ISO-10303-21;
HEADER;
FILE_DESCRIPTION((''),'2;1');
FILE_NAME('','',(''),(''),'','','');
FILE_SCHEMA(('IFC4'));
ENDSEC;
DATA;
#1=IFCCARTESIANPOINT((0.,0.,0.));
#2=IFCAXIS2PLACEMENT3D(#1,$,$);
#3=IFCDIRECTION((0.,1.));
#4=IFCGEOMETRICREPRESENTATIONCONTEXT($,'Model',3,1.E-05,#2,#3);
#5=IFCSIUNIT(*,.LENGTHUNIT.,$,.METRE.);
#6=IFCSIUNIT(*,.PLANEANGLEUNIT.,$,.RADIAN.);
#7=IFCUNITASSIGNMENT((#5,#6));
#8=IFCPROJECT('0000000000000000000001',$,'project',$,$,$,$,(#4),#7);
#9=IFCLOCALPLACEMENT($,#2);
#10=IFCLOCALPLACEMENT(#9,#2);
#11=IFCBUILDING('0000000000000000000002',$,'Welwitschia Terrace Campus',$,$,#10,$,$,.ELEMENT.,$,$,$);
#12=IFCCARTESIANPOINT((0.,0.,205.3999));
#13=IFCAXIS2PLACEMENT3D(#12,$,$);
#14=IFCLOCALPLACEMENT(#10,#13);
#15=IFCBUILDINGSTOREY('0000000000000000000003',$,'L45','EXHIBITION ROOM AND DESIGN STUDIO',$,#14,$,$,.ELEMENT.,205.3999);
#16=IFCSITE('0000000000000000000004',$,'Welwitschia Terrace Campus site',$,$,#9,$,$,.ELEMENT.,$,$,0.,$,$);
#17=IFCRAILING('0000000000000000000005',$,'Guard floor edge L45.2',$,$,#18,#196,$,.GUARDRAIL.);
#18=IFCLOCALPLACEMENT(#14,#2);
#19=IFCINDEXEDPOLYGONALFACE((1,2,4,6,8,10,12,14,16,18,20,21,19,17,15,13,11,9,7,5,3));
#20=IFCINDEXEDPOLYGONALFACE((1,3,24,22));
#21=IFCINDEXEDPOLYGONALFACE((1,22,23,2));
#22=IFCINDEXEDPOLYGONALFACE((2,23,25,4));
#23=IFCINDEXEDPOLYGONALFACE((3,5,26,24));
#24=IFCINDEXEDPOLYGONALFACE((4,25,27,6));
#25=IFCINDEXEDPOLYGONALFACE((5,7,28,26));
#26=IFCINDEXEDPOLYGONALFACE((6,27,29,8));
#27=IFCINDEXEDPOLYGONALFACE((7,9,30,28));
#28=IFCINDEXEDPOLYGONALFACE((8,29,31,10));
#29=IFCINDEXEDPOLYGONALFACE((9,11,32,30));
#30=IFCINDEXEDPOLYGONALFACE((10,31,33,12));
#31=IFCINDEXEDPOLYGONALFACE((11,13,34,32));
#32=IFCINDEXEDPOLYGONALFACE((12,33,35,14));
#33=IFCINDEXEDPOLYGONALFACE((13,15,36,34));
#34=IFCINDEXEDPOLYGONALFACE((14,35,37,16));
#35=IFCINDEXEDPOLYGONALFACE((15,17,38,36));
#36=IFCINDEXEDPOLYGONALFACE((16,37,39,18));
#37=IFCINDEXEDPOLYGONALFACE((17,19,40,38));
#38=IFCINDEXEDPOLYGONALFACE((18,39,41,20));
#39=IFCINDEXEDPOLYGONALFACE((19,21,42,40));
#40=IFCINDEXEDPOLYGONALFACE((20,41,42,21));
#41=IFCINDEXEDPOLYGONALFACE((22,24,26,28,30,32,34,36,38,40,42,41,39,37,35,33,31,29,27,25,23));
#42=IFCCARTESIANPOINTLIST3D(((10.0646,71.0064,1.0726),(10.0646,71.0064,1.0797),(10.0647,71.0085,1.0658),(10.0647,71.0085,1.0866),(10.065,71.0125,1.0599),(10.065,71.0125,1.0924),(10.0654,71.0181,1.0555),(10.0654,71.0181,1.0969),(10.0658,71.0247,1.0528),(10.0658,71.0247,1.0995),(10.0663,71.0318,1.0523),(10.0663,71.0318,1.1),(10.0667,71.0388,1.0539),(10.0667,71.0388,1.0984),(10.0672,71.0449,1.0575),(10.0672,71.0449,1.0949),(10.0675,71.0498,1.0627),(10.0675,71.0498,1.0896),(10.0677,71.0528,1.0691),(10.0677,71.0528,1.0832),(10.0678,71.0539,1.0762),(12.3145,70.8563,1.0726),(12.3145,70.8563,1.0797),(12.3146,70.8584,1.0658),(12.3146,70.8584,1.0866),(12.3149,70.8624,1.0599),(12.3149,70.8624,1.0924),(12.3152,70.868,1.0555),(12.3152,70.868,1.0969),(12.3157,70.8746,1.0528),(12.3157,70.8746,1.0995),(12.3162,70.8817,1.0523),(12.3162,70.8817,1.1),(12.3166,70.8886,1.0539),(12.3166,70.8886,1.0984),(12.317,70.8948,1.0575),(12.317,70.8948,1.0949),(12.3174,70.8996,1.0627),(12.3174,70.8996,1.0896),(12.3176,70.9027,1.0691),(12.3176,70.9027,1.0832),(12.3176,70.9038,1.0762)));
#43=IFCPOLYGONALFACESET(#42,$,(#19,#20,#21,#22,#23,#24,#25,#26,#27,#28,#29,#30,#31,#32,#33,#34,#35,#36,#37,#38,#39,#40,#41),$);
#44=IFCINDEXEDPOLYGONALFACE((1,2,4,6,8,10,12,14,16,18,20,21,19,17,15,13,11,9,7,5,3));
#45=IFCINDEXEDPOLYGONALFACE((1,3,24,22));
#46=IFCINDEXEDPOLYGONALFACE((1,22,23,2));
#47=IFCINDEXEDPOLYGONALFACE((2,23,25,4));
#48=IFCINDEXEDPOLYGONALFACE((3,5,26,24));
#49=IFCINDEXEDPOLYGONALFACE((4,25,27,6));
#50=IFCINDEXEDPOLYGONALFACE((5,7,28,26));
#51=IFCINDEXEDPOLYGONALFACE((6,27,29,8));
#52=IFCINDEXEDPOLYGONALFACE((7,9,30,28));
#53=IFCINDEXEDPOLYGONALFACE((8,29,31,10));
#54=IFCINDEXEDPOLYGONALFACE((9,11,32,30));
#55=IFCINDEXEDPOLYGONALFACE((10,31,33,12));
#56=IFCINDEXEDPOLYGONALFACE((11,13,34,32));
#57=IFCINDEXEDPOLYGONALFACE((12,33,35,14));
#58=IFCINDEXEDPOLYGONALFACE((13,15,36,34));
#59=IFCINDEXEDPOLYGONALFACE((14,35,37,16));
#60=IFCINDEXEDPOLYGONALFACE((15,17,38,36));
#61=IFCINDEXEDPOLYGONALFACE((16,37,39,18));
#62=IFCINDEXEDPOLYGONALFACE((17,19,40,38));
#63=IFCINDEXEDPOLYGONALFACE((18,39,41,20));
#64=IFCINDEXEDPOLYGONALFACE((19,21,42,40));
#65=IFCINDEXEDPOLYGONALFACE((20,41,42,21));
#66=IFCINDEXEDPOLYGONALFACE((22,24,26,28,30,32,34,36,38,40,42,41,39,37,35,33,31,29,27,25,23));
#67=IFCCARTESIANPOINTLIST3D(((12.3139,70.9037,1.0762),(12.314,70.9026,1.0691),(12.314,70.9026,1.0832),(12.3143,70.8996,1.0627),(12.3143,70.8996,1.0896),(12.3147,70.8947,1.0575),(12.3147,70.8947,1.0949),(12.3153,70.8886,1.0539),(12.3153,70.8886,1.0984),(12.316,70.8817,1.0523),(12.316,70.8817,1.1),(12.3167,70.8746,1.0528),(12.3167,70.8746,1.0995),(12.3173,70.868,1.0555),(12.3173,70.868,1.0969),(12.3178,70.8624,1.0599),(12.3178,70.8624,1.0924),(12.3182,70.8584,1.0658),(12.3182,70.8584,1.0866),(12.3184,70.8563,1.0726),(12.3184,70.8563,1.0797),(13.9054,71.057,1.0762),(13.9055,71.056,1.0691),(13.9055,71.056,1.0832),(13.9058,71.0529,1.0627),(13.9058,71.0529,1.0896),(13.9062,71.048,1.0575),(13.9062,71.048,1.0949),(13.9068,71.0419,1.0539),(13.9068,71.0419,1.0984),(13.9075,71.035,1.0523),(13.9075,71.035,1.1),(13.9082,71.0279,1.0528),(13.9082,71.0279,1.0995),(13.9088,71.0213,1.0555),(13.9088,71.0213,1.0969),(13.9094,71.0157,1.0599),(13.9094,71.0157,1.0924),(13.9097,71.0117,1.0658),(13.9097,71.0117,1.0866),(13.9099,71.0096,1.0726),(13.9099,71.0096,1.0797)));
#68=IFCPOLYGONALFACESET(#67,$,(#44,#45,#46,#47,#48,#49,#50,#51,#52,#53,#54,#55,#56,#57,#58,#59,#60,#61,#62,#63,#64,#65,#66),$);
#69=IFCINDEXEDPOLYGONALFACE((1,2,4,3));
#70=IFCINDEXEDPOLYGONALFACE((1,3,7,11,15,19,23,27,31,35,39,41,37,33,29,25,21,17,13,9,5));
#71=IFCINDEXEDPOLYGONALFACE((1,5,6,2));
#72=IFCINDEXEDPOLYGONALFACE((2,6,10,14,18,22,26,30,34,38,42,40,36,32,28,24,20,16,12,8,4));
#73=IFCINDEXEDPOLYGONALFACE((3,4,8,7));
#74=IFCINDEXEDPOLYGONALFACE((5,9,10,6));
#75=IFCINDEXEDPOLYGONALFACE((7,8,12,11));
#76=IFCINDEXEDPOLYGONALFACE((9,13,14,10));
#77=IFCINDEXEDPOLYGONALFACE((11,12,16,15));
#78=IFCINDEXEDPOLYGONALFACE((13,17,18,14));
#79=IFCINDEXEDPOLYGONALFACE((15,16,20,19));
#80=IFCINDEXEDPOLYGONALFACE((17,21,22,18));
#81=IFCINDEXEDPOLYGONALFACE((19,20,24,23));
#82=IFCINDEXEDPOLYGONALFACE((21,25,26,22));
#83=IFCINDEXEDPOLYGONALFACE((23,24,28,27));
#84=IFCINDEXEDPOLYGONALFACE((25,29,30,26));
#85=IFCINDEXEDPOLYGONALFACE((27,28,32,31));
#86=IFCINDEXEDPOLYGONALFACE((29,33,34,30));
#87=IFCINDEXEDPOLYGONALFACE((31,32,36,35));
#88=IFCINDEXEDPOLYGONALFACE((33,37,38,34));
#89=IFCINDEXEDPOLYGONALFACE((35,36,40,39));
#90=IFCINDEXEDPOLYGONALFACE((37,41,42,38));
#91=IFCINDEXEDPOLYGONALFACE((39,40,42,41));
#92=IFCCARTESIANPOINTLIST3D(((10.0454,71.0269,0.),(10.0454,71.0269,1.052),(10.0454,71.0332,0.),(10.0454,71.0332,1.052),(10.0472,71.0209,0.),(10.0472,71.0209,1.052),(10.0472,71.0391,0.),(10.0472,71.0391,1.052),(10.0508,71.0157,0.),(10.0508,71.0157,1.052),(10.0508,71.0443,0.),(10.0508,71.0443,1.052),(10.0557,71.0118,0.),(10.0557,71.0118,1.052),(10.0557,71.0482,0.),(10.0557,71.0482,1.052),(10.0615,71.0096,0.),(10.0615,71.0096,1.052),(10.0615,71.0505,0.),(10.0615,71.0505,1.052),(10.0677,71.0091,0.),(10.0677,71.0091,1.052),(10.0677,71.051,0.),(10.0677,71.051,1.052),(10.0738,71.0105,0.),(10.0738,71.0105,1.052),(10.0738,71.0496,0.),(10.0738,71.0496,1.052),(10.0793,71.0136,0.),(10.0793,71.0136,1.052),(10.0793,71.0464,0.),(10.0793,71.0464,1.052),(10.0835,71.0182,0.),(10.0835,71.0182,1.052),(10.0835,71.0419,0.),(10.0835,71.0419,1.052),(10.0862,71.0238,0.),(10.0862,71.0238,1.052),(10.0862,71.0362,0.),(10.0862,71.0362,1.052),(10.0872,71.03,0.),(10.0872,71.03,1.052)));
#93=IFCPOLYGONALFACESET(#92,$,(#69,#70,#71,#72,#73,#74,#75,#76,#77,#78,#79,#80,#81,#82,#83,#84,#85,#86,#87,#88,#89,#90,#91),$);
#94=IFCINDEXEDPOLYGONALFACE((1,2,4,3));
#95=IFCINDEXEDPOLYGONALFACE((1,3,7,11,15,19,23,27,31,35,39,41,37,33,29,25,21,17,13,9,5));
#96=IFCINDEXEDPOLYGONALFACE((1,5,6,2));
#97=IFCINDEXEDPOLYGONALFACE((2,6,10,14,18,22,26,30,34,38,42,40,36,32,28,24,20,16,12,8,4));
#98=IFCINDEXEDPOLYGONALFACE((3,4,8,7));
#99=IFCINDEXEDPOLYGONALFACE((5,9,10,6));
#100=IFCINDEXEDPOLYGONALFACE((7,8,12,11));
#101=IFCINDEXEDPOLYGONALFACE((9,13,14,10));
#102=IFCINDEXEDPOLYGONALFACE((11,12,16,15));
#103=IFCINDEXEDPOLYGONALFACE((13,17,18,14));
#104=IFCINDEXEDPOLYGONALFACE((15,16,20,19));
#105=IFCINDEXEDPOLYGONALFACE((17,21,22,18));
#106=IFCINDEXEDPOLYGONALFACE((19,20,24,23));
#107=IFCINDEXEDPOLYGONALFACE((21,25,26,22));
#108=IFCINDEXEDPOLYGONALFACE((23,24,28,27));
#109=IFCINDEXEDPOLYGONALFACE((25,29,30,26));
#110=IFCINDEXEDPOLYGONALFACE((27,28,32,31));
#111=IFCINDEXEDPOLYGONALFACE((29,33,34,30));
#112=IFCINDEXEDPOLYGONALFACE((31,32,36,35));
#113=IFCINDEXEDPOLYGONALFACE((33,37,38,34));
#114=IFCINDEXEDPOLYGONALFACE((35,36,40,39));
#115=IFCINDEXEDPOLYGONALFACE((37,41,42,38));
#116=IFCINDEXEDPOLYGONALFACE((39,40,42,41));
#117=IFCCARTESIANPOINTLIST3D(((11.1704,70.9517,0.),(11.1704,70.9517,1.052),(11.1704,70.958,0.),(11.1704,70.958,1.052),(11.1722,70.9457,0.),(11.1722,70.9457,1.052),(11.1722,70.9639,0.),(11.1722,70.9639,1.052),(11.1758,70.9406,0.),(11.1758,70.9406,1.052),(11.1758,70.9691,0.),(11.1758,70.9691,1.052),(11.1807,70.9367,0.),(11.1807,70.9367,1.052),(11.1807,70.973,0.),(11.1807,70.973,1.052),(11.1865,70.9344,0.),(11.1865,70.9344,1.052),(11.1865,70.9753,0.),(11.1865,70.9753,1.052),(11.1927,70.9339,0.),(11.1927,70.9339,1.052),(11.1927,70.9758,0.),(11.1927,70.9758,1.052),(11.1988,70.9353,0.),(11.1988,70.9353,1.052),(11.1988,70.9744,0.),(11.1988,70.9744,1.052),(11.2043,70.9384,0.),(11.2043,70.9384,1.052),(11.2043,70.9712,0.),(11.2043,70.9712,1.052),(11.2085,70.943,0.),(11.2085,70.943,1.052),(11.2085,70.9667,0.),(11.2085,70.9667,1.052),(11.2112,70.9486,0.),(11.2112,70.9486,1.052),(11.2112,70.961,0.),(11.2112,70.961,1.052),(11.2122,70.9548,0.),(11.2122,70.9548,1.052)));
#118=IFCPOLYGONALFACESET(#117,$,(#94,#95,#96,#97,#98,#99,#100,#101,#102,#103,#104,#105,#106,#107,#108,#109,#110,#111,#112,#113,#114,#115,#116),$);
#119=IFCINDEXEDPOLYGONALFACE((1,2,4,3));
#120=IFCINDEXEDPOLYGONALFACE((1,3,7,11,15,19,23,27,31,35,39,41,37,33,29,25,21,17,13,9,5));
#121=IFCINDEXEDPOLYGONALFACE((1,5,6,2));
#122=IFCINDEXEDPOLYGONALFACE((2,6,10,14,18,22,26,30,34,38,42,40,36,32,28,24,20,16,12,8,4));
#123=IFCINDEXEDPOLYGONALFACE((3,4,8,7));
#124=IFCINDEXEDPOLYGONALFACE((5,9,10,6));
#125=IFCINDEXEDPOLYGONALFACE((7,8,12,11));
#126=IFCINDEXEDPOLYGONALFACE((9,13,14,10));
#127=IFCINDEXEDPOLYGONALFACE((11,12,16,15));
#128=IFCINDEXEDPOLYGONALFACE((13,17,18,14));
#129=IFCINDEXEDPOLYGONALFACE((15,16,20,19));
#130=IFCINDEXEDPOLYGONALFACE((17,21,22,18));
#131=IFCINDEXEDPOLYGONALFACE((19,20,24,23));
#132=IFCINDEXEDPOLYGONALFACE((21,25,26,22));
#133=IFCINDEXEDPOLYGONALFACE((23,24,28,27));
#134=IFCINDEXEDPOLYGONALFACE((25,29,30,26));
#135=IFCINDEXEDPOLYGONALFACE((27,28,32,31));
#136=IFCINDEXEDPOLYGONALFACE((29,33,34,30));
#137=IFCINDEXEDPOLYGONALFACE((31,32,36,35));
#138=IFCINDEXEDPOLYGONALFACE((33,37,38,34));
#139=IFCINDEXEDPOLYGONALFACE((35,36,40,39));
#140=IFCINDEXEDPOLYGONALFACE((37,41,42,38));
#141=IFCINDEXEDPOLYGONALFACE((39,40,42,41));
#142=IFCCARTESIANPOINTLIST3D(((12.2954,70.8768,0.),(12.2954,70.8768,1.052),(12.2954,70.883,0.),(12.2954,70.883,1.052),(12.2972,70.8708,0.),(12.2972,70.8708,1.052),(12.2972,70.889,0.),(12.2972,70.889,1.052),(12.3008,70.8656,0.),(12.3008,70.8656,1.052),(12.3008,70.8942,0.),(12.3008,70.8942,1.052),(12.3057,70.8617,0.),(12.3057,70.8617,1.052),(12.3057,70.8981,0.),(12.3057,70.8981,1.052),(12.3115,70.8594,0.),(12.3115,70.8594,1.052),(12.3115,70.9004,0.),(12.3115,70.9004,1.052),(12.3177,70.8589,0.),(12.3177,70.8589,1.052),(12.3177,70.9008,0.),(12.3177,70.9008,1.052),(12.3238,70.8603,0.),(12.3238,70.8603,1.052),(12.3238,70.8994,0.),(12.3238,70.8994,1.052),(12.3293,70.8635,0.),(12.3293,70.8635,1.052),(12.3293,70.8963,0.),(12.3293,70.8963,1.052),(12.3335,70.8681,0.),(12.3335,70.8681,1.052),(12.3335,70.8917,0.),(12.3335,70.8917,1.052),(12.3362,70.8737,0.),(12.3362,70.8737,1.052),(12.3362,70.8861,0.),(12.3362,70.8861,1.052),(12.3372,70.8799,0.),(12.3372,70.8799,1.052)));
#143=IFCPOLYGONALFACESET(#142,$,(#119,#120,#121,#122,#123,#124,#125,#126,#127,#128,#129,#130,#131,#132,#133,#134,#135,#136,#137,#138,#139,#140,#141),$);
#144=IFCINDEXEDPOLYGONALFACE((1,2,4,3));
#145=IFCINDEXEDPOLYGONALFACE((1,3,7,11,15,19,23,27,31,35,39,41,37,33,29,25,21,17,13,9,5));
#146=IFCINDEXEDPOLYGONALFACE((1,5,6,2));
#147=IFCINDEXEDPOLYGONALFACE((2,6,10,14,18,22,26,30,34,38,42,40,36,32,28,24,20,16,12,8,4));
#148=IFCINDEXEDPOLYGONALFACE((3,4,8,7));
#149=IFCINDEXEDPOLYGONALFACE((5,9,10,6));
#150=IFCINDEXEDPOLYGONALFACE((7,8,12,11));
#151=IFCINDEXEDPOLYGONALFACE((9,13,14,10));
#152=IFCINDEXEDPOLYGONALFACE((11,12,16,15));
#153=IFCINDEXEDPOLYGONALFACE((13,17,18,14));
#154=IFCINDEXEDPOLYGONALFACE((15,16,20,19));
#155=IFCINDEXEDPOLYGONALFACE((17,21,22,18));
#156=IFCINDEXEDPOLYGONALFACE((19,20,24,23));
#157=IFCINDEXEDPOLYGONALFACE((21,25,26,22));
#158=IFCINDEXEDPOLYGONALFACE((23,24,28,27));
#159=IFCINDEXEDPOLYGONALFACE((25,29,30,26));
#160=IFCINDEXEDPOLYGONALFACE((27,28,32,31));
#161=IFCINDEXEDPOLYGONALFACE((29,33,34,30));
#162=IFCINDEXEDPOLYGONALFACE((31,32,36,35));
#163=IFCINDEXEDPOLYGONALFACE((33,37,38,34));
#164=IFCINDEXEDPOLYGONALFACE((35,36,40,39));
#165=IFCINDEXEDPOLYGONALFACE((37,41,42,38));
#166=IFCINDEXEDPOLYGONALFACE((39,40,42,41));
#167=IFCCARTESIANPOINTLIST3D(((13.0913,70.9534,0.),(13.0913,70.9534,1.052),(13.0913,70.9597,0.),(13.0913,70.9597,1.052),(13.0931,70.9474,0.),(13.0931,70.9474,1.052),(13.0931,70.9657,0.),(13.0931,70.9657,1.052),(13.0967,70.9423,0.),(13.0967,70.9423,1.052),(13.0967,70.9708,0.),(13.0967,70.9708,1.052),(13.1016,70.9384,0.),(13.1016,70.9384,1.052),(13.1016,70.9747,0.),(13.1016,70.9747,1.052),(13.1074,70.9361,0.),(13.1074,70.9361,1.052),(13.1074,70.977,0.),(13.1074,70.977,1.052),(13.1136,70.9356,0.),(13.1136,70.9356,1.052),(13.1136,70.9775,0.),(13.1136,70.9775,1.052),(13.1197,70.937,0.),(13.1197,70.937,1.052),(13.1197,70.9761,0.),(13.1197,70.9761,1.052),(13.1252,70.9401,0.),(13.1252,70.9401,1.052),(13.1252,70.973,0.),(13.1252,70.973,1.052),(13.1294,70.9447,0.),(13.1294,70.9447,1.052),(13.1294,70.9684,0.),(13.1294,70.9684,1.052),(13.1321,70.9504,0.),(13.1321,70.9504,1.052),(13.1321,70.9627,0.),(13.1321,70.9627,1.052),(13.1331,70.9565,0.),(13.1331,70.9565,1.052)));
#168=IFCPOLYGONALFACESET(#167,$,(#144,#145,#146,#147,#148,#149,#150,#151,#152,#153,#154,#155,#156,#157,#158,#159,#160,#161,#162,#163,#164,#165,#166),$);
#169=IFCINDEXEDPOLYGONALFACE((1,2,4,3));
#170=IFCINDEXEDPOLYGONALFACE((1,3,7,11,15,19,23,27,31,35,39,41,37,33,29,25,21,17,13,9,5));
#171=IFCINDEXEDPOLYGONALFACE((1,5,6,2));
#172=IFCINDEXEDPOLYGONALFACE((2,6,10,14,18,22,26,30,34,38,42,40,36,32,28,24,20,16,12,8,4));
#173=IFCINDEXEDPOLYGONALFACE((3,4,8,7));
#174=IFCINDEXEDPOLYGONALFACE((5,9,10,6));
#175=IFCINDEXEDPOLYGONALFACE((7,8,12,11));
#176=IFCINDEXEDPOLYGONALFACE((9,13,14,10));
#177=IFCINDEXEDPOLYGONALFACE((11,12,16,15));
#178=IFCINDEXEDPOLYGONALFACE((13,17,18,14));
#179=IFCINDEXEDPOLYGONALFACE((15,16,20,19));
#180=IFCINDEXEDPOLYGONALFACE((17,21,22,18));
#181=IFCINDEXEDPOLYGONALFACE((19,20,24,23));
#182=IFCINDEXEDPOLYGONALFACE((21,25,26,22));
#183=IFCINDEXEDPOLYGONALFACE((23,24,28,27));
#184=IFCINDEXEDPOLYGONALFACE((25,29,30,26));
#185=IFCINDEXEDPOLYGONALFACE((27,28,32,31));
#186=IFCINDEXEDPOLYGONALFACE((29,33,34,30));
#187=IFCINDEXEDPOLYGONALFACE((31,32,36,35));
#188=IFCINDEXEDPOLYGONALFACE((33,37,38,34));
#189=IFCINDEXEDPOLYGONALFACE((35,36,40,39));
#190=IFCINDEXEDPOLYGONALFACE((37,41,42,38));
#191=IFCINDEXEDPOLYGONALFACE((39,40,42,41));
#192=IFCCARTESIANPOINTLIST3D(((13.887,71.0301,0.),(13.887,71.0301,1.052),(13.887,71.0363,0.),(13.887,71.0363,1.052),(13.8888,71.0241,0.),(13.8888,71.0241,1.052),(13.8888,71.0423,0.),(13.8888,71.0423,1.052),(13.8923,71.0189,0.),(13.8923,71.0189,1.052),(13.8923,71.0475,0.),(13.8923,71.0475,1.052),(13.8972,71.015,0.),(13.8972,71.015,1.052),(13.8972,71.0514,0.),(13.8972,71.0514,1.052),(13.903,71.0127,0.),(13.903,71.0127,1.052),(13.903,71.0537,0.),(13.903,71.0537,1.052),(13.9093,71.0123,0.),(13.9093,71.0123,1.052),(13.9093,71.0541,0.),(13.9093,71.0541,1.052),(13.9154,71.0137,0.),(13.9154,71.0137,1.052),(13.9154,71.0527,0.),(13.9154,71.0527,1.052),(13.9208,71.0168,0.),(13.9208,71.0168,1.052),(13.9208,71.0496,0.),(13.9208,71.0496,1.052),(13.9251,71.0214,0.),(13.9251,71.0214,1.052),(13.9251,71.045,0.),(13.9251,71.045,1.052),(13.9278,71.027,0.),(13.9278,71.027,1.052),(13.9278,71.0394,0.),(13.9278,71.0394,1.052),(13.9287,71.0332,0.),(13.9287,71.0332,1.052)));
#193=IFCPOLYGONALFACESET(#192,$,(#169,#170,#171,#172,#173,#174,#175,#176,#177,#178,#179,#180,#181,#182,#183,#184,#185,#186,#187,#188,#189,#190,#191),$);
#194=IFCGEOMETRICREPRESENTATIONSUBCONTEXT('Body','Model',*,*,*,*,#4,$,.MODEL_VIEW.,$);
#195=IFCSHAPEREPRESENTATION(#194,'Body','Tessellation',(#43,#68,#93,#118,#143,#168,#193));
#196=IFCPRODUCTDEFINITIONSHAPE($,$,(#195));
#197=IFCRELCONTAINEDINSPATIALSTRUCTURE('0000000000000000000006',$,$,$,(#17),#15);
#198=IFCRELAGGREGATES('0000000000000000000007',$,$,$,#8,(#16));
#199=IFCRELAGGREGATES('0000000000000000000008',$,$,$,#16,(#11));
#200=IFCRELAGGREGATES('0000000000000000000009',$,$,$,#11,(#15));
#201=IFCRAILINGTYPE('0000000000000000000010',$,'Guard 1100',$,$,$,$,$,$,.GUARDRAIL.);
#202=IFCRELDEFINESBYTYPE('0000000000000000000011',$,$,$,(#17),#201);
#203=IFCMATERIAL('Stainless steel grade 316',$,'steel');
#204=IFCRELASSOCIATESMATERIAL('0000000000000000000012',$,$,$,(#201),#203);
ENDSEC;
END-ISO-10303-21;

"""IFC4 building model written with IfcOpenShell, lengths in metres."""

from ifc_helpers import new_model, si_unit, direction, frame, origin, origin_2d, place, context, subcontext, project, spatial, circle, extrude, material, type_object, element, save


model = new_model("IFC4")

# Units and contexts
model_context = context("Model", 3, precision=1e-05, world=origin(), true_north=direction((0.0, 1.0)))
body_context = subcontext(model_context, "Body", "Model", "MODEL_VIEW")
ifc_project = project(units=[si_unit("LENGTHUNIT", "METRE"), si_unit("PLANEANGLEUNIT", "RADIAN")], contexts=[model_context])

# Site, building, storey
site_placement = place(None, origin())
site = spatial("IfcSite", under=ifc_project, at=site_placement, Name="Welwitschia Terrace Campus site", CompositionType="ELEMENT", RefElevation=0.0)
building_placement = place(site_placement, origin())
building = spatial("IfcBuilding", under=site, at=building_placement, Name="Welwitschia Terrace Campus", CompositionType="ELEMENT")
storey_placement = place(building_placement, frame((0.0, 0.0, 205.3999)))
storey = spatial("IfcBuildingStorey", under=building, at=storey_placement, Name="L45", Description="EXHIBITION ROOM AND DESIGN STUDIO", CompositionType="ELEMENT", Elevation=205.3999)

# Railing
ifc_material_1 = material(Name="Stainless steel grade 316", Category="steel")
railing_type = type_object("IfcRailingType", Name="Guard 1100", PredefinedType="GUARDRAIL", material=ifc_material_1)
railing_1_placement = place(storey_placement, frame((10.0662, 71.03, 0.0)))
element("IfcRailing", 1, at=railing_1_placement, inside=storey, type_object=railing_type, Name="Guard floor edge L45.2", PredefinedType="GUARDRAIL", context=body_context, shape_type="SweptSolid", body=[
    extrude(circle(Radius=0.0239, at=origin_2d()), frame((0.0, 0.0, 1.0762), z_axis=(0.997781, -0.066584, 0.0), x_axis=(0.066584, 0.997781, 0.0)), (0.0, 0.0, 1.0), 2.2549),
    extrude(circle(Radius=0.0239, at=origin_2d()), frame((2.25, -0.1501, 1.0762), z_axis=(0.995392, 0.09589, 0.0), x_axis=(-0.09589, 0.995392, 0.0)), (0.0, 0.0, 1.0), 1.5989),
    extrude(circle(Radius=0.021, at=origin_2d()), origin(), (0.0, 0.0, 1.0), 1.052),
    extrude(circle(Radius=0.021, at=origin_2d()), frame((1.125, -0.0752, 0.0)), (0.0, 0.0, 1.0), 1.052),
    extrude(circle(Radius=0.021, at=origin_2d()), frame((2.25, -0.1501, 0.0)), (0.0, 0.0, 1.0), 1.052),
    extrude(circle(Radius=0.021, at=origin_2d()), frame((3.0459, -0.0735, 0.0)), (0.0, 0.0, 1.0), 1.052),
    extrude(circle(Radius=0.021, at=origin_2d()), frame((3.8416, 0.0032, 0.0)), (0.0, 0.0, 1.0), 1.052),
])

save(model, "model.ifc")
